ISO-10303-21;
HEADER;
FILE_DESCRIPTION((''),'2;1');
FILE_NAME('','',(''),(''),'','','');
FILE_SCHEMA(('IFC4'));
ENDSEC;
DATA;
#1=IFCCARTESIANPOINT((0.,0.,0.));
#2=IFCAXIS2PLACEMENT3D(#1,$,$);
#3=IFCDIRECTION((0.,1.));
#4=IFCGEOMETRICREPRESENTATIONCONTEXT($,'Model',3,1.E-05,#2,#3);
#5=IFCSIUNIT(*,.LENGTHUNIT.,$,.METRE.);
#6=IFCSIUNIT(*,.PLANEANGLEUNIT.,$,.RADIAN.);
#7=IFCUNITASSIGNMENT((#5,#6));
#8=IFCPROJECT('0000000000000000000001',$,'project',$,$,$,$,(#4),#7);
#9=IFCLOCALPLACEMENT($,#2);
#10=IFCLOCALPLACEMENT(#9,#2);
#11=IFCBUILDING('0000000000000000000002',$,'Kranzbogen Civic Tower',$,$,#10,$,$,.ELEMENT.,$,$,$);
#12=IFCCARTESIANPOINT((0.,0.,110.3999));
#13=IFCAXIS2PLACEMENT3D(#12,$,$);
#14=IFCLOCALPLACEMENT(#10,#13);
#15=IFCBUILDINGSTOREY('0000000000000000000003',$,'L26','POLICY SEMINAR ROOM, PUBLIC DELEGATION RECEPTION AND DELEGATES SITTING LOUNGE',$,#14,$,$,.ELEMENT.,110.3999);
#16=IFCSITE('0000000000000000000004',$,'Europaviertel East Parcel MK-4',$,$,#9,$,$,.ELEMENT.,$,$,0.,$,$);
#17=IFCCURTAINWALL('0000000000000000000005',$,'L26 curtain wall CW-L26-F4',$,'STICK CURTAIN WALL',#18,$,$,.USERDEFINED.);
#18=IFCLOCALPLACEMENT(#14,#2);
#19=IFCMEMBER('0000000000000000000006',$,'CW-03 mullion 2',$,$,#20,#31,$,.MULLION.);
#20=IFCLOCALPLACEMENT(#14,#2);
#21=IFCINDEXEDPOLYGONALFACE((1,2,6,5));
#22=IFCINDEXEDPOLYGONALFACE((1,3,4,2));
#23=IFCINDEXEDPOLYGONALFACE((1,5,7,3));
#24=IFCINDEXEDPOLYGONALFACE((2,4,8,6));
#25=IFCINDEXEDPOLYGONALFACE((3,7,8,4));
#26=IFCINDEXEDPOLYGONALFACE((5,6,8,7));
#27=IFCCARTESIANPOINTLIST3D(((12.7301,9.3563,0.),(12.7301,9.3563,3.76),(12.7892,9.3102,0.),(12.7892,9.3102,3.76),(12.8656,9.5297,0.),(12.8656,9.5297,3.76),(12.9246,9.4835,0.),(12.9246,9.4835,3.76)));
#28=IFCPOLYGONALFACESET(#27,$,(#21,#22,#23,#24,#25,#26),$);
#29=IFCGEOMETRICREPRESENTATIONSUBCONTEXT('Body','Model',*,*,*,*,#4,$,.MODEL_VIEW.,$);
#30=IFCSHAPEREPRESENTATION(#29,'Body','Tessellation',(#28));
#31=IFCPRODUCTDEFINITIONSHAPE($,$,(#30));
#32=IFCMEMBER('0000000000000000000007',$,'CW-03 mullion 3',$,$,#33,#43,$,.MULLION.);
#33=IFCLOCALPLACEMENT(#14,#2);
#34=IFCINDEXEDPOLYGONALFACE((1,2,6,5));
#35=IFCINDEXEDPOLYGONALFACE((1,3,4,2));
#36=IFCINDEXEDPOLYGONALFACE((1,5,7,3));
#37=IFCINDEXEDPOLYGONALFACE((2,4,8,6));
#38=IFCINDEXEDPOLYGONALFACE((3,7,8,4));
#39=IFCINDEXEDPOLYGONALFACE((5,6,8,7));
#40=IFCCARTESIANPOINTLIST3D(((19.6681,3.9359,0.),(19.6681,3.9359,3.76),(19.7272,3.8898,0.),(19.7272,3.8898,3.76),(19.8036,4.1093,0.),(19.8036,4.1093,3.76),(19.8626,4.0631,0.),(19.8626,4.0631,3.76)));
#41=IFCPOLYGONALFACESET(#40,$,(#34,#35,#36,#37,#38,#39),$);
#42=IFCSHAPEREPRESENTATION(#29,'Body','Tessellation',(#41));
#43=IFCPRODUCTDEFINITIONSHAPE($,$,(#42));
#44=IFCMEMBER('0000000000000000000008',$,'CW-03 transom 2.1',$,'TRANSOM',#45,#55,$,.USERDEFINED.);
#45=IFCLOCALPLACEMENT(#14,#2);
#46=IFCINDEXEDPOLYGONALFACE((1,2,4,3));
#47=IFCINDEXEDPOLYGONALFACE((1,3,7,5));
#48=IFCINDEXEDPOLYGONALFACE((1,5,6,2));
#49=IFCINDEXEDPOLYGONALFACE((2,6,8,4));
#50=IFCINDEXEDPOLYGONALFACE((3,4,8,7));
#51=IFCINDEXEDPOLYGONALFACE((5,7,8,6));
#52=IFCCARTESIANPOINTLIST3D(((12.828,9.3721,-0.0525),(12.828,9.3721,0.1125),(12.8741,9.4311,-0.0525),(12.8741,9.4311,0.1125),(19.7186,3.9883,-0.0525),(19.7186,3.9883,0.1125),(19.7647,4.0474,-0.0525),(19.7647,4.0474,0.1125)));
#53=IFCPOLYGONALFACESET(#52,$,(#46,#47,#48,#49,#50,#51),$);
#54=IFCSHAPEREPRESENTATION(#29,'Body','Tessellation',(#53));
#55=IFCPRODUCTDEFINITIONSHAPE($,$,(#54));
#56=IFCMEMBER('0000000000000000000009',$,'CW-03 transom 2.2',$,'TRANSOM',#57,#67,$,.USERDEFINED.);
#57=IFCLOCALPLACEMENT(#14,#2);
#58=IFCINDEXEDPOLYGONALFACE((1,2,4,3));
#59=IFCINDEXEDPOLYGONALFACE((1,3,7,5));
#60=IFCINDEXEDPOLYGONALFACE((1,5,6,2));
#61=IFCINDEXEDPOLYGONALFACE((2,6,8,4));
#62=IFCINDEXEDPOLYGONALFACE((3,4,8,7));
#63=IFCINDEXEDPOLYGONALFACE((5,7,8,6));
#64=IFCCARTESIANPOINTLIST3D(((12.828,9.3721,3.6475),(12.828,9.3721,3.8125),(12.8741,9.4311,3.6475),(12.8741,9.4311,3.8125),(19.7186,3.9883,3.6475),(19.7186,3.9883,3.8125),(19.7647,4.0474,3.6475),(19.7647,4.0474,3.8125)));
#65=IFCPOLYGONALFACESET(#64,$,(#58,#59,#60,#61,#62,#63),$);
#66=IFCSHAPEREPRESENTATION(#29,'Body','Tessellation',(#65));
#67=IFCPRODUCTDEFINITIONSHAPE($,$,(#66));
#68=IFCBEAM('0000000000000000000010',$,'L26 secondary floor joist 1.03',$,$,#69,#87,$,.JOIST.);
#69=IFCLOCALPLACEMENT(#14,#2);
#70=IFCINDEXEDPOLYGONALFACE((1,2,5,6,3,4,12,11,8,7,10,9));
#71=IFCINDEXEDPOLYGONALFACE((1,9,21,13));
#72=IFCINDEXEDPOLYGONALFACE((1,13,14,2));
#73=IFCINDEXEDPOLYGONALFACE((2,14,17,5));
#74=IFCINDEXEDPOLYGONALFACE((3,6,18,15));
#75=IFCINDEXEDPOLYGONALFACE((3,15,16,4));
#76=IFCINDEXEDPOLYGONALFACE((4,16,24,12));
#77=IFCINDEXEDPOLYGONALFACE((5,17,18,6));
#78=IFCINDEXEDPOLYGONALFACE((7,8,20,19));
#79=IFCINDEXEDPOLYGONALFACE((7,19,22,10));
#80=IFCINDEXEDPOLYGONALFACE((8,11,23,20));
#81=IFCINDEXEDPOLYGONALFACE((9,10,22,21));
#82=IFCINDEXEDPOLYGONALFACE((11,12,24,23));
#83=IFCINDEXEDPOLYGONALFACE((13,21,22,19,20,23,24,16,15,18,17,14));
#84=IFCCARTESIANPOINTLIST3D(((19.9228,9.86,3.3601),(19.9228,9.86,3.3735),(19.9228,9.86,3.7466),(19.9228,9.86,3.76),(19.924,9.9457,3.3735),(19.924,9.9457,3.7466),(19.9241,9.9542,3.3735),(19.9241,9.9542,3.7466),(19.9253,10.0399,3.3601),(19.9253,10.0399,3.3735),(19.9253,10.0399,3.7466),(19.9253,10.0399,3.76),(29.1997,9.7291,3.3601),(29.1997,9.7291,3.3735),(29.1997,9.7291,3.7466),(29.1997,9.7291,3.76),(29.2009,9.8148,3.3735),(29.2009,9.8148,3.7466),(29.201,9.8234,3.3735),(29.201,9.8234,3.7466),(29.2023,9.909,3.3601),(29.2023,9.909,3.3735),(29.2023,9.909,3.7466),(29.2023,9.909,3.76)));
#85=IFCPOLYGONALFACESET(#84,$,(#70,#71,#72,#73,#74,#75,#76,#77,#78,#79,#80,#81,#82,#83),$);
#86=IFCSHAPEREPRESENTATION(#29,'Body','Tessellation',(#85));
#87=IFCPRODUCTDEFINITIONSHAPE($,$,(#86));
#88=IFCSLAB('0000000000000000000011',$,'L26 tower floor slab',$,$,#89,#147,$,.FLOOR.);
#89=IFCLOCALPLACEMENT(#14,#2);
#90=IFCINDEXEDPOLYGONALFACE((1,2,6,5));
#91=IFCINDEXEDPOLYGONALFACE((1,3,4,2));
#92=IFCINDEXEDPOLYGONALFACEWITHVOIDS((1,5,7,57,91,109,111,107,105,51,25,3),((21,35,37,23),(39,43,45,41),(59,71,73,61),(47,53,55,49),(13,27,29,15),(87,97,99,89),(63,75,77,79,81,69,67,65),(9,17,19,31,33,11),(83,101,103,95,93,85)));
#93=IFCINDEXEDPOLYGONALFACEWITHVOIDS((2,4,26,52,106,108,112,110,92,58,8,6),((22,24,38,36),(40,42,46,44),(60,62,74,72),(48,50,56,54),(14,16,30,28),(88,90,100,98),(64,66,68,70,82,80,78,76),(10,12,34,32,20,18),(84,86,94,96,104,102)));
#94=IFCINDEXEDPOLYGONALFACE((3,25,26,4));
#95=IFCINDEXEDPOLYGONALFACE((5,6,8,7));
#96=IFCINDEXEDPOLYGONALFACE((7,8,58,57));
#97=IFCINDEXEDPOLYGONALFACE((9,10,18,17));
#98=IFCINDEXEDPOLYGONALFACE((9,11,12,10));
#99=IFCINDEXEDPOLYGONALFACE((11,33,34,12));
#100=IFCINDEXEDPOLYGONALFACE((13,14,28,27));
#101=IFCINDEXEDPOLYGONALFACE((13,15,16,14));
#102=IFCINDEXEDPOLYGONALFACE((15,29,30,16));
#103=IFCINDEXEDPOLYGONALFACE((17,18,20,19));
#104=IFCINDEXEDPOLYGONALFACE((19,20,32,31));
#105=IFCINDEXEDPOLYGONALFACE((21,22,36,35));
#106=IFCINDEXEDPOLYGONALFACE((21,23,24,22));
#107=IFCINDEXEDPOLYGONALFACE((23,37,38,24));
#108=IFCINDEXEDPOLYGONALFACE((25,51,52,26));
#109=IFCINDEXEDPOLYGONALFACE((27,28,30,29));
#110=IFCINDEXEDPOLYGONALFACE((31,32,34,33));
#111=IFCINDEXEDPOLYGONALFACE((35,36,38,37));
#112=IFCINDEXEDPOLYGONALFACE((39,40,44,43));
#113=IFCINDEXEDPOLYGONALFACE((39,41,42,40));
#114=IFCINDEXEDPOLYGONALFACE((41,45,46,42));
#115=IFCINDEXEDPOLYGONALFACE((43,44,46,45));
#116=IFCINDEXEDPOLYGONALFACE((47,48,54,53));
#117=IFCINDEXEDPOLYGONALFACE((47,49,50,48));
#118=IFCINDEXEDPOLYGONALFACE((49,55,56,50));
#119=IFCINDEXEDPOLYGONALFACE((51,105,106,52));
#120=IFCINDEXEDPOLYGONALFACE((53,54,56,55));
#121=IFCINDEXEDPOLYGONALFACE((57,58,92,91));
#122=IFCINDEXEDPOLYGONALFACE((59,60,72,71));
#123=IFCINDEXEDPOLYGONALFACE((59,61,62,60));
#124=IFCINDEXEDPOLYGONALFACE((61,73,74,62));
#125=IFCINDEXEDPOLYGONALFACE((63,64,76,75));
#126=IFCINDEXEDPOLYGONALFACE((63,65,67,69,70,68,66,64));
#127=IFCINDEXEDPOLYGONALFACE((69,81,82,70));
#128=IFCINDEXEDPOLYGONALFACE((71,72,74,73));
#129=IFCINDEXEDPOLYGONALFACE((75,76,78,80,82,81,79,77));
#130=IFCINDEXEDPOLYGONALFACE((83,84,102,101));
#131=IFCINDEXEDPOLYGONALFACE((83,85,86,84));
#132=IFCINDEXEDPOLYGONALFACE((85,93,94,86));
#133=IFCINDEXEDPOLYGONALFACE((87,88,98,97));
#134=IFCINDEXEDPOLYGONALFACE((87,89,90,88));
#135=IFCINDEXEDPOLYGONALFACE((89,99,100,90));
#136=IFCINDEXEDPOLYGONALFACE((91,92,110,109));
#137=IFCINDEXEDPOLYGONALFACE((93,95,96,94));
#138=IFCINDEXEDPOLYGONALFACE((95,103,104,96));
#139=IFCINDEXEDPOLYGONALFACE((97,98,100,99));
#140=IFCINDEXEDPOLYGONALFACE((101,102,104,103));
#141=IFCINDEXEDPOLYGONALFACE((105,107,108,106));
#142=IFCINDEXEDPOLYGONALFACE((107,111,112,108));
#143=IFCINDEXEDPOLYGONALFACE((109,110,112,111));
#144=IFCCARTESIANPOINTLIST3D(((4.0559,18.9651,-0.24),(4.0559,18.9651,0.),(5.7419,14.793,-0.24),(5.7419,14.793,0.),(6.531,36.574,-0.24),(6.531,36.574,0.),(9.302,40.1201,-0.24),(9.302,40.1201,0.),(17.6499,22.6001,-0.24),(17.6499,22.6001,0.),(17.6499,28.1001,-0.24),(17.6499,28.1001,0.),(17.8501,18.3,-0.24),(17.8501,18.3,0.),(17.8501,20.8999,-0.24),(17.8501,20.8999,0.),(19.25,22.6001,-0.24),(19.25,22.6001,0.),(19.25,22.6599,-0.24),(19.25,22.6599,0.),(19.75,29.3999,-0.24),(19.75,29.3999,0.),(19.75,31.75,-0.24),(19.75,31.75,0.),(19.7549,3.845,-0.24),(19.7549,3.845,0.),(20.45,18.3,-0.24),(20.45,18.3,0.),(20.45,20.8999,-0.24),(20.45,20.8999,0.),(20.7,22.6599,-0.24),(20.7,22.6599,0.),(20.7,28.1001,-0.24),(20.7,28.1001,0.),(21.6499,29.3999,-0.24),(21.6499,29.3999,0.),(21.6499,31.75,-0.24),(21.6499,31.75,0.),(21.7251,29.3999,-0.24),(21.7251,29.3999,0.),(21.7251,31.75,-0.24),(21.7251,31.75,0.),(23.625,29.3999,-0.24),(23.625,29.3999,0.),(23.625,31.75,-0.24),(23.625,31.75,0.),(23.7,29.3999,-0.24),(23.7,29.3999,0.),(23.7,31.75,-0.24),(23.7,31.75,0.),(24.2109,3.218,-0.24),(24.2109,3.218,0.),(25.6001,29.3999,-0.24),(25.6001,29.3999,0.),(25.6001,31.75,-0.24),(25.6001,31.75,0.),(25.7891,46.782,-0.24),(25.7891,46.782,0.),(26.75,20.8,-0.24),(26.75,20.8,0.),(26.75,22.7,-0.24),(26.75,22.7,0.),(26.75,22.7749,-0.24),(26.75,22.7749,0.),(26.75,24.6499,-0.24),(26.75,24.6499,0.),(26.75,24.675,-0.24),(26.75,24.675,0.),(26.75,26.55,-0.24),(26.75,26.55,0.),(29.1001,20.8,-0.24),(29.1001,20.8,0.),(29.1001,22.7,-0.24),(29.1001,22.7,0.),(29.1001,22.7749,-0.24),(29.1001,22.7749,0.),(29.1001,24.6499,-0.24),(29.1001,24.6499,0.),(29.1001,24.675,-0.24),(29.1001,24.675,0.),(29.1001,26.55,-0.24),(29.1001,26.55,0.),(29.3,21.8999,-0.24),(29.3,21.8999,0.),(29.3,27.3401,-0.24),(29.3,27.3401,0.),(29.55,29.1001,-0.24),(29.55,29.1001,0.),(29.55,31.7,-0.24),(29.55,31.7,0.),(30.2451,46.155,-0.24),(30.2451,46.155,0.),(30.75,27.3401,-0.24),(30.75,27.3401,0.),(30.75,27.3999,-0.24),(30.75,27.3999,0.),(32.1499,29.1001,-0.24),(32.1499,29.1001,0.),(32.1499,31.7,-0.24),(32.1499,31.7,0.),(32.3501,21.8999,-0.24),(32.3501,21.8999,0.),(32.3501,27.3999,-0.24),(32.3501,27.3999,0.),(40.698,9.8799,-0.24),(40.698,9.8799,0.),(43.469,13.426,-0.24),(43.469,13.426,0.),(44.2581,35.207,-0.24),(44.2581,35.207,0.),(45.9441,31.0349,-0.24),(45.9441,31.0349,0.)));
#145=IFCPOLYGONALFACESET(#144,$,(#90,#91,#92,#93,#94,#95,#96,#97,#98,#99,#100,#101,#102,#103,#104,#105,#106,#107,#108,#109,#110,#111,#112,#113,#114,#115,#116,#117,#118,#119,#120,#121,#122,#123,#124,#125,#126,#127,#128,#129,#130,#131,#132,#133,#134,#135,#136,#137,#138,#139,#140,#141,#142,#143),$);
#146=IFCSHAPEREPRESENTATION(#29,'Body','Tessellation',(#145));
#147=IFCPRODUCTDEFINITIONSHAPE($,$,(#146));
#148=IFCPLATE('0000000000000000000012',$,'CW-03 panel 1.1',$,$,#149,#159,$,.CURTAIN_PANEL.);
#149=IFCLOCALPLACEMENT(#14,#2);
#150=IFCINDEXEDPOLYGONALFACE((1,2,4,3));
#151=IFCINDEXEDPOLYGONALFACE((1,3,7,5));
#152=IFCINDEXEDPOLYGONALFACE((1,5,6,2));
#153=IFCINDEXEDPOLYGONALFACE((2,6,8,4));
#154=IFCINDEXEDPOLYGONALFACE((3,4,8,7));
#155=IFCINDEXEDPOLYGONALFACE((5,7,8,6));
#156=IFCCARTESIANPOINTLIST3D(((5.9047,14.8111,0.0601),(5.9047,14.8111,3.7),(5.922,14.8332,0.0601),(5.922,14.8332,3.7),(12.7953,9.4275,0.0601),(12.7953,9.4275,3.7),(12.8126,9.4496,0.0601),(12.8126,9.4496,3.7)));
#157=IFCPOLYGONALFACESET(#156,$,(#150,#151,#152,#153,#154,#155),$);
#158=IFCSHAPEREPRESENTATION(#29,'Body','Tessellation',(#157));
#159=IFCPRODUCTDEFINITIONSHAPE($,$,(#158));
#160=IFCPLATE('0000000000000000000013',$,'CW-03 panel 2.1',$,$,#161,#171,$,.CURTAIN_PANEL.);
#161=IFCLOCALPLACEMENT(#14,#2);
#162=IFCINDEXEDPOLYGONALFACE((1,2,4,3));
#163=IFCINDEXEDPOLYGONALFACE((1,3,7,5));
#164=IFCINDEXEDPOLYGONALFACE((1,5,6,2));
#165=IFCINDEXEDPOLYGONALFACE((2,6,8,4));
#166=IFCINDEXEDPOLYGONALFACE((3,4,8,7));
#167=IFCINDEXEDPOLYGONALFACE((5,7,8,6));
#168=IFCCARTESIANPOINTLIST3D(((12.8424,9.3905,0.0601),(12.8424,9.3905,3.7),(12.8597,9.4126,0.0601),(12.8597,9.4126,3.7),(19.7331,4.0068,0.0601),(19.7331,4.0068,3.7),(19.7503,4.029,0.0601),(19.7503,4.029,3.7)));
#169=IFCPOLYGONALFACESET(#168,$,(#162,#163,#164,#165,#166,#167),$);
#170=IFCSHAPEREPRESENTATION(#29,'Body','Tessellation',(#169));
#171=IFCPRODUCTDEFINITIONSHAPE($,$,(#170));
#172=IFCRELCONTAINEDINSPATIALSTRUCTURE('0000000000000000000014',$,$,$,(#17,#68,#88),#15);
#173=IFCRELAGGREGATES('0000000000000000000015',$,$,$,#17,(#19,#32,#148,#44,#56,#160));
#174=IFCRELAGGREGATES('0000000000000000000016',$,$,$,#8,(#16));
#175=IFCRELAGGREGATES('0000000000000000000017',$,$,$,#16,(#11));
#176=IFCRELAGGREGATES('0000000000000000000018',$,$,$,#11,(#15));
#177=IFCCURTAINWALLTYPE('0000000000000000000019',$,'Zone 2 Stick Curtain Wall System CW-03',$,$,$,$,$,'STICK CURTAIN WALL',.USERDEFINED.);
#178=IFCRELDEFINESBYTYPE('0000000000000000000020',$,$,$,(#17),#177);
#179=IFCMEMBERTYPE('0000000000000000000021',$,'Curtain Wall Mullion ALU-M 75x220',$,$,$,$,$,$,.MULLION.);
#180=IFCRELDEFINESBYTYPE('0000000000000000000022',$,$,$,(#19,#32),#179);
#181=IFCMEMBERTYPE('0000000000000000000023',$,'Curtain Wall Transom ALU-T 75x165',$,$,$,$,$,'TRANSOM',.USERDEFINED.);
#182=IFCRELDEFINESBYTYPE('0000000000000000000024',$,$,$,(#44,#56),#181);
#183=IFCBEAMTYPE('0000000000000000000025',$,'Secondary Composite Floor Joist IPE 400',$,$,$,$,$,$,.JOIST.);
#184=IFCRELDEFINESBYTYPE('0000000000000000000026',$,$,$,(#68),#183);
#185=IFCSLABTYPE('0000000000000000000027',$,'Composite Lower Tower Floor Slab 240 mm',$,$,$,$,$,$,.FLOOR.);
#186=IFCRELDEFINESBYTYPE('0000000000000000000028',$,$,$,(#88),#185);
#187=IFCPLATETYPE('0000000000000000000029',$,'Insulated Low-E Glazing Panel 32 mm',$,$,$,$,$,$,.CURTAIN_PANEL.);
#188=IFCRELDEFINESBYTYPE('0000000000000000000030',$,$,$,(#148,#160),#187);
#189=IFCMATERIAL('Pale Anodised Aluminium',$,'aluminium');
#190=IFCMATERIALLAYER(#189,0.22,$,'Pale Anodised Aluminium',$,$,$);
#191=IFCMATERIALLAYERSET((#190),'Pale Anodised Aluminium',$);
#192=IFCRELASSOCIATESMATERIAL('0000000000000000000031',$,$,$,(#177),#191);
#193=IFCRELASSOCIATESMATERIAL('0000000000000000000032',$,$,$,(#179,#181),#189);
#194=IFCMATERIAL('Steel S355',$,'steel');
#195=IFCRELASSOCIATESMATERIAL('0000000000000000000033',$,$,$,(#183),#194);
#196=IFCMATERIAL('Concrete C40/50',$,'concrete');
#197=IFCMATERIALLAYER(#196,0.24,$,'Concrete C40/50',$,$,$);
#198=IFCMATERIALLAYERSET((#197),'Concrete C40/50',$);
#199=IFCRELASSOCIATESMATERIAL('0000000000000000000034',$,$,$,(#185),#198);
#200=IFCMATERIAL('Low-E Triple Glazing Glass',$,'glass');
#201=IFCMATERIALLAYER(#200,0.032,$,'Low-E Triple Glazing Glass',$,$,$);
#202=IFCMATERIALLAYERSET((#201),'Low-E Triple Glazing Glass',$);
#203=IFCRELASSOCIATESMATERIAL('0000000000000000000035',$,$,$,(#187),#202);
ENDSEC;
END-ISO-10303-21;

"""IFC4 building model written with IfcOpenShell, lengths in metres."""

from ifc_helpers import new_model, si_unit, direction, frame, origin, origin_2d, place, context, subcontext, project, spatial, polyline, rectangle, i_section, outline, extrude, material, layer, layer_set, material_profile, profile_set, type_object, element, aggregate, save


model = new_model("IFC4")

# Units and contexts
model_context = context("Model", 3, precision=1e-05, world=origin(), true_north=direction((0.0, 1.0)))
body_context = subcontext(model_context, "Body", "Model", "MODEL_VIEW")
ifc_project = project(units=[si_unit("LENGTHUNIT", "METRE"), si_unit("PLANEANGLEUNIT", "RADIAN")], contexts=[model_context])

# Site, building, storey
site_placement = place(None, origin())
site = spatial("IfcSite", under=ifc_project, at=site_placement, Name="Europaviertel East Parcel MK-4", CompositionType="ELEMENT", RefElevation=0.0)
building_placement = place(site_placement, origin())
building = spatial("IfcBuilding", under=site, at=building_placement, Name="Kranzbogen Civic Tower", CompositionType="ELEMENT")
storey_placement = place(building_placement, frame((0.0, 0.0, 110.3999)))
storey = spatial("IfcBuildingStorey", under=building, at=storey_placement, Name="L26", Description="POLICY SEMINAR ROOM, PUBLIC DELEGATION RECEPTION AND DELEGATES SITTING LOUNGE", CompositionType="ELEMENT", Elevation=110.3999)

# Curtain wall, members
ifc_material_1 = material(Name="Pale Anodised Aluminium", Category="aluminium")
ifc_layer_1 = layer(ifc_material_1, 0.22, Name="Pale Anodised Aluminium")
ifc_layer_set_1 = layer_set([ifc_layer_1], Name="Pale Anodised Aluminium")
curtain_wall_type = type_object("IfcCurtainWallType", Name="Zone 2 Stick Curtain Wall System CW-03", ElementType="STICK CURTAIN WALL", PredefinedType="USERDEFINED", material=ifc_layer_set_1)
curtain_wall_placement = place(storey_placement, origin())
curtain_wall = element("IfcCurtainWall", 1, at=curtain_wall_placement, inside=storey, type_object=curtain_wall_type, Name="L26 curtain wall CW-L26-F4", ObjectType="STICK CURTAIN WALL", PredefinedType="USERDEFINED")
ifc_material_profile_1 = material_profile(ifc_material_1, rectangle(XDim=0.075, YDim=0.22, at=origin_2d()), Name="ALU-M 75x220")
ifc_profile_set_1 = profile_set([ifc_material_profile_1], Name="Pale Anodised Aluminium")
member_type_1 = type_object("IfcMemberType", Name="Curtain Wall Mullion ALU-M 75x220", PredefinedType="MULLION", material=ifc_profile_set_1)
member_1_placement = place(storey_placement, frame((12.8274, 9.4199, 0.0), z_axis=(0.0, 0.0, 1.0), x_axis=(0.788006, -0.615667, 0.0)))
member_1 = element("IfcMember", 2, at=member_1_placement, type_object=member_type_1, Name="CW-03 mullion 2", PredefinedType="MULLION", context=body_context, shape_type="SweptSolid", body=[
    extrude(rectangle(XDim=0.075, YDim=0.22, at=origin_2d()), origin(), (0.0, 0.0, 1.0), 3.76),
])
member_2_placement = place(storey_placement, frame((19.7654, 3.9995, 0.0), z_axis=(0.0, 0.0, 1.0), x_axis=(0.788006, -0.615667, 0.0)))
member_2 = element("IfcMember", 3, at=member_2_placement, type_object=member_type_1, Name="CW-03 mullion 3", PredefinedType="MULLION", context=body_context, shape_type="SweptSolid", body=[
    extrude(rectangle(XDim=0.075, YDim=0.22, at=origin_2d()), origin(), (0.0, 0.0, 1.0), 3.76),
])
ifc_material_profile_2 = material_profile(ifc_material_1, rectangle(XDim=0.075, YDim=0.165, at=origin_2d()), Name="ALU-T 75x165")
ifc_profile_set_2 = profile_set([ifc_material_profile_2], Name="Pale Anodised Aluminium")
member_type_2 = type_object("IfcMemberType", Name="Curtain Wall Transom ALU-T 75x165", ElementType="TRANSOM", PredefinedType="USERDEFINED", material=ifc_profile_set_2)
member_3_placement = place(storey_placement, frame((12.8511, 9.4016, 0.03), z_axis=(0.787997, -0.615679, 0.0), x_axis=(0.615679, 0.787997, 0.0)))
member_3 = element("IfcMember", 4, at=member_3_placement, type_object=member_type_2, Name="CW-03 transom 2.1", ObjectType="TRANSOM", PredefinedType="USERDEFINED", context=body_context, shape_type="SweptSolid", body=[
    extrude(rectangle(XDim=0.075, YDim=0.165, at=origin_2d()), origin(), (0.0, 0.0, 1.0), 8.7444),
])
member_4_placement = place(storey_placement, frame((12.8511, 9.4016, 3.73), z_axis=(0.787997, -0.615679, 0.0), x_axis=(0.615679, 0.787997, 0.0)))
member_4 = element("IfcMember", 5, at=member_4_placement, type_object=member_type_2, Name="CW-03 transom 2.2", ObjectType="TRANSOM", PredefinedType="USERDEFINED", context=body_context, shape_type="SweptSolid", body=[
    extrude(rectangle(XDim=0.075, YDim=0.165, at=origin_2d()), origin(), (0.0, 0.0, 1.0), 8.7444),
])

# Beam
ifc_material_2 = material(Name="Steel S355", Category="steel")
ifc_material_profile_3 = material_profile(ifc_material_2, i_section(OverallWidth=0.1799, OverallDepth=0.3999, WebThickness=0.0085, FlangeThickness=0.0134, at=origin_2d()), Name="IPE 400")
ifc_profile_set_3 = profile_set([ifc_material_profile_3], Name="Steel S355")
beam_type = type_object("IfcBeamType", Name="Secondary Composite Floor Joist IPE 400", PredefinedType="JOIST", material=ifc_profile_set_3)
beam_placement = place(storey_placement, frame((19.9241, 9.95, 3.5601), z_axis=(0.999901, -0.014105, 0.0), x_axis=(0.014105, 0.999901, 0.0)))
element("IfcBeam", 6, at=beam_placement, inside=storey, type_object=beam_type, Name="L26 secondary floor joist 1.03", PredefinedType="JOIST", context=body_context, shape_type="SweptSolid", body=[
    extrude(i_section(OverallWidth=0.1799, OverallDepth=0.3999, WebThickness=0.0085, FlangeThickness=0.0134, at=origin_2d()), origin(), (0.0, 0.0, 1.0), 9.2778),
])

# Slab
ifc_material_3 = material(Name="Concrete C40/50", Category="concrete")
ifc_layer_2 = layer(ifc_material_3, 0.24, Name="Concrete C40/50")
ifc_layer_set_2 = layer_set([ifc_layer_2], Name="Concrete C40/50")
slab_type_1 = type_object("IfcSlabType", Name="Composite Lower Tower Floor Slab 240 mm", PredefinedType="FLOOR", material=ifc_layer_set_2)
slab_1_placement = place(storey_placement, frame((0.0, 0.0, -0.24)))
element("IfcSlab", 7, at=slab_1_placement, inside=storey, type_object=slab_type_1, Name="L26 tower floor slab", PredefinedType="FLOOR", context=body_context, shape_type="SweptSolid", body=[
    extrude(outline(polyline([(44.2581, 35.207), (30.2451, 46.155), (25.7891, 46.782), (9.302, 40.1201), (6.531, 36.574), (4.0559, 18.9651), (5.7419, 14.793), (19.7549, 3.845), (24.2109, 3.218), (40.698, 9.8799), (43.469, 13.426), (45.9441, 31.0349), (44.2581, 35.207)]), holes=[polyline([(20.45, 20.8999), (20.45, 18.3), (17.8501, 18.3), (17.8501, 20.8999), (20.45, 20.8999)]), polyline([(29.1001, 22.7), (29.1001, 20.8), (26.75, 20.8), (26.75, 22.7), (29.1001, 22.7)]), polyline([(29.1001, 24.6499), (29.1001, 22.7749), (26.75, 22.7749), (26.75, 24.6499), (26.75, 24.675), (26.75, 26.55), (29.1001, 26.55), (29.1001, 24.675), (29.1001, 24.6499)]), polyline([(30.75, 27.3401), (30.75, 27.3999), (32.3501, 27.3999), (32.3501, 21.8999), (29.3, 21.8999), (29.3, 27.3401), (30.75, 27.3401)]), polyline([(19.25, 22.6599), (19.25, 22.6001), (17.6499, 22.6001), (17.6499, 28.1001), (20.7, 28.1001), (20.7, 22.6599), (19.25, 22.6599)]), polyline([(32.1499, 31.7), (32.1499, 29.1001), (29.55, 29.1001), (29.55, 31.7), (32.1499, 31.7)]), polyline([(21.6499, 31.75), (21.6499, 29.3999), (19.75, 29.3999), (19.75, 31.75), (21.6499, 31.75)]), polyline([(23.625, 29.3999), (21.7251, 29.3999), (21.7251, 31.75), (23.625, 31.75), (23.625, 29.3999)]), polyline([(25.6001, 29.3999), (23.7, 29.3999), (23.7, 31.75), (25.6001, 31.75), (25.6001, 29.3999)])]), origin(), (0.0, 0.0, 1.0), 0.24),
])

# Plates
ifc_material_4 = material(Name="Low-E Triple Glazing Glass", Category="glass")
ifc_layer_3 = layer(ifc_material_4, 0.032, Name="Low-E Triple Glazing Glass")
ifc_layer_set_3 = layer_set([ifc_layer_3], Name="Low-E Triple Glazing Glass")
plate_type = type_object("IfcPlateType", Name="Insulated Low-E Glazing Panel 32 mm", PredefinedType="CURTAIN_PANEL", material=ifc_layer_set_3)
plate_1_placement = place(storey_placement, frame((9.3586, 12.1304, 0.0601), z_axis=(0.0, 0.0, 1.0), x_axis=(0.788006, -0.615667, 0.0)))
plate_1 = element("IfcPlate", 8, at=plate_1_placement, type_object=plate_type, Name="CW-03 panel 1.1", PredefinedType="CURTAIN_PANEL", context=body_context, shape_type="SweptSolid", body=[
    extrude(rectangle(XDim=8.7444, YDim=0.0281, at=origin_2d()), origin(), (0.0, 0.0, 1.0), 3.6399),
])
plate_2_placement = place(storey_placement, frame((16.2964, 6.7097, 0.0601), z_axis=(0.0, 0.0, 1.0), x_axis=(0.788006, -0.615667, 0.0)))
plate_2 = element("IfcPlate", 9, at=plate_2_placement, type_object=plate_type, Name="CW-03 panel 2.1", PredefinedType="CURTAIN_PANEL", context=body_context, shape_type="SweptSolid", body=[
    extrude(rectangle(XDim=8.7444, YDim=0.0281, at=origin_2d()), origin(), (0.0, 0.0, 1.0), 3.6399),
])
aggregate(curtain_wall, [member_1, member_2, plate_1, member_3, member_4, plate_2])

save(model, "model.ifc")
